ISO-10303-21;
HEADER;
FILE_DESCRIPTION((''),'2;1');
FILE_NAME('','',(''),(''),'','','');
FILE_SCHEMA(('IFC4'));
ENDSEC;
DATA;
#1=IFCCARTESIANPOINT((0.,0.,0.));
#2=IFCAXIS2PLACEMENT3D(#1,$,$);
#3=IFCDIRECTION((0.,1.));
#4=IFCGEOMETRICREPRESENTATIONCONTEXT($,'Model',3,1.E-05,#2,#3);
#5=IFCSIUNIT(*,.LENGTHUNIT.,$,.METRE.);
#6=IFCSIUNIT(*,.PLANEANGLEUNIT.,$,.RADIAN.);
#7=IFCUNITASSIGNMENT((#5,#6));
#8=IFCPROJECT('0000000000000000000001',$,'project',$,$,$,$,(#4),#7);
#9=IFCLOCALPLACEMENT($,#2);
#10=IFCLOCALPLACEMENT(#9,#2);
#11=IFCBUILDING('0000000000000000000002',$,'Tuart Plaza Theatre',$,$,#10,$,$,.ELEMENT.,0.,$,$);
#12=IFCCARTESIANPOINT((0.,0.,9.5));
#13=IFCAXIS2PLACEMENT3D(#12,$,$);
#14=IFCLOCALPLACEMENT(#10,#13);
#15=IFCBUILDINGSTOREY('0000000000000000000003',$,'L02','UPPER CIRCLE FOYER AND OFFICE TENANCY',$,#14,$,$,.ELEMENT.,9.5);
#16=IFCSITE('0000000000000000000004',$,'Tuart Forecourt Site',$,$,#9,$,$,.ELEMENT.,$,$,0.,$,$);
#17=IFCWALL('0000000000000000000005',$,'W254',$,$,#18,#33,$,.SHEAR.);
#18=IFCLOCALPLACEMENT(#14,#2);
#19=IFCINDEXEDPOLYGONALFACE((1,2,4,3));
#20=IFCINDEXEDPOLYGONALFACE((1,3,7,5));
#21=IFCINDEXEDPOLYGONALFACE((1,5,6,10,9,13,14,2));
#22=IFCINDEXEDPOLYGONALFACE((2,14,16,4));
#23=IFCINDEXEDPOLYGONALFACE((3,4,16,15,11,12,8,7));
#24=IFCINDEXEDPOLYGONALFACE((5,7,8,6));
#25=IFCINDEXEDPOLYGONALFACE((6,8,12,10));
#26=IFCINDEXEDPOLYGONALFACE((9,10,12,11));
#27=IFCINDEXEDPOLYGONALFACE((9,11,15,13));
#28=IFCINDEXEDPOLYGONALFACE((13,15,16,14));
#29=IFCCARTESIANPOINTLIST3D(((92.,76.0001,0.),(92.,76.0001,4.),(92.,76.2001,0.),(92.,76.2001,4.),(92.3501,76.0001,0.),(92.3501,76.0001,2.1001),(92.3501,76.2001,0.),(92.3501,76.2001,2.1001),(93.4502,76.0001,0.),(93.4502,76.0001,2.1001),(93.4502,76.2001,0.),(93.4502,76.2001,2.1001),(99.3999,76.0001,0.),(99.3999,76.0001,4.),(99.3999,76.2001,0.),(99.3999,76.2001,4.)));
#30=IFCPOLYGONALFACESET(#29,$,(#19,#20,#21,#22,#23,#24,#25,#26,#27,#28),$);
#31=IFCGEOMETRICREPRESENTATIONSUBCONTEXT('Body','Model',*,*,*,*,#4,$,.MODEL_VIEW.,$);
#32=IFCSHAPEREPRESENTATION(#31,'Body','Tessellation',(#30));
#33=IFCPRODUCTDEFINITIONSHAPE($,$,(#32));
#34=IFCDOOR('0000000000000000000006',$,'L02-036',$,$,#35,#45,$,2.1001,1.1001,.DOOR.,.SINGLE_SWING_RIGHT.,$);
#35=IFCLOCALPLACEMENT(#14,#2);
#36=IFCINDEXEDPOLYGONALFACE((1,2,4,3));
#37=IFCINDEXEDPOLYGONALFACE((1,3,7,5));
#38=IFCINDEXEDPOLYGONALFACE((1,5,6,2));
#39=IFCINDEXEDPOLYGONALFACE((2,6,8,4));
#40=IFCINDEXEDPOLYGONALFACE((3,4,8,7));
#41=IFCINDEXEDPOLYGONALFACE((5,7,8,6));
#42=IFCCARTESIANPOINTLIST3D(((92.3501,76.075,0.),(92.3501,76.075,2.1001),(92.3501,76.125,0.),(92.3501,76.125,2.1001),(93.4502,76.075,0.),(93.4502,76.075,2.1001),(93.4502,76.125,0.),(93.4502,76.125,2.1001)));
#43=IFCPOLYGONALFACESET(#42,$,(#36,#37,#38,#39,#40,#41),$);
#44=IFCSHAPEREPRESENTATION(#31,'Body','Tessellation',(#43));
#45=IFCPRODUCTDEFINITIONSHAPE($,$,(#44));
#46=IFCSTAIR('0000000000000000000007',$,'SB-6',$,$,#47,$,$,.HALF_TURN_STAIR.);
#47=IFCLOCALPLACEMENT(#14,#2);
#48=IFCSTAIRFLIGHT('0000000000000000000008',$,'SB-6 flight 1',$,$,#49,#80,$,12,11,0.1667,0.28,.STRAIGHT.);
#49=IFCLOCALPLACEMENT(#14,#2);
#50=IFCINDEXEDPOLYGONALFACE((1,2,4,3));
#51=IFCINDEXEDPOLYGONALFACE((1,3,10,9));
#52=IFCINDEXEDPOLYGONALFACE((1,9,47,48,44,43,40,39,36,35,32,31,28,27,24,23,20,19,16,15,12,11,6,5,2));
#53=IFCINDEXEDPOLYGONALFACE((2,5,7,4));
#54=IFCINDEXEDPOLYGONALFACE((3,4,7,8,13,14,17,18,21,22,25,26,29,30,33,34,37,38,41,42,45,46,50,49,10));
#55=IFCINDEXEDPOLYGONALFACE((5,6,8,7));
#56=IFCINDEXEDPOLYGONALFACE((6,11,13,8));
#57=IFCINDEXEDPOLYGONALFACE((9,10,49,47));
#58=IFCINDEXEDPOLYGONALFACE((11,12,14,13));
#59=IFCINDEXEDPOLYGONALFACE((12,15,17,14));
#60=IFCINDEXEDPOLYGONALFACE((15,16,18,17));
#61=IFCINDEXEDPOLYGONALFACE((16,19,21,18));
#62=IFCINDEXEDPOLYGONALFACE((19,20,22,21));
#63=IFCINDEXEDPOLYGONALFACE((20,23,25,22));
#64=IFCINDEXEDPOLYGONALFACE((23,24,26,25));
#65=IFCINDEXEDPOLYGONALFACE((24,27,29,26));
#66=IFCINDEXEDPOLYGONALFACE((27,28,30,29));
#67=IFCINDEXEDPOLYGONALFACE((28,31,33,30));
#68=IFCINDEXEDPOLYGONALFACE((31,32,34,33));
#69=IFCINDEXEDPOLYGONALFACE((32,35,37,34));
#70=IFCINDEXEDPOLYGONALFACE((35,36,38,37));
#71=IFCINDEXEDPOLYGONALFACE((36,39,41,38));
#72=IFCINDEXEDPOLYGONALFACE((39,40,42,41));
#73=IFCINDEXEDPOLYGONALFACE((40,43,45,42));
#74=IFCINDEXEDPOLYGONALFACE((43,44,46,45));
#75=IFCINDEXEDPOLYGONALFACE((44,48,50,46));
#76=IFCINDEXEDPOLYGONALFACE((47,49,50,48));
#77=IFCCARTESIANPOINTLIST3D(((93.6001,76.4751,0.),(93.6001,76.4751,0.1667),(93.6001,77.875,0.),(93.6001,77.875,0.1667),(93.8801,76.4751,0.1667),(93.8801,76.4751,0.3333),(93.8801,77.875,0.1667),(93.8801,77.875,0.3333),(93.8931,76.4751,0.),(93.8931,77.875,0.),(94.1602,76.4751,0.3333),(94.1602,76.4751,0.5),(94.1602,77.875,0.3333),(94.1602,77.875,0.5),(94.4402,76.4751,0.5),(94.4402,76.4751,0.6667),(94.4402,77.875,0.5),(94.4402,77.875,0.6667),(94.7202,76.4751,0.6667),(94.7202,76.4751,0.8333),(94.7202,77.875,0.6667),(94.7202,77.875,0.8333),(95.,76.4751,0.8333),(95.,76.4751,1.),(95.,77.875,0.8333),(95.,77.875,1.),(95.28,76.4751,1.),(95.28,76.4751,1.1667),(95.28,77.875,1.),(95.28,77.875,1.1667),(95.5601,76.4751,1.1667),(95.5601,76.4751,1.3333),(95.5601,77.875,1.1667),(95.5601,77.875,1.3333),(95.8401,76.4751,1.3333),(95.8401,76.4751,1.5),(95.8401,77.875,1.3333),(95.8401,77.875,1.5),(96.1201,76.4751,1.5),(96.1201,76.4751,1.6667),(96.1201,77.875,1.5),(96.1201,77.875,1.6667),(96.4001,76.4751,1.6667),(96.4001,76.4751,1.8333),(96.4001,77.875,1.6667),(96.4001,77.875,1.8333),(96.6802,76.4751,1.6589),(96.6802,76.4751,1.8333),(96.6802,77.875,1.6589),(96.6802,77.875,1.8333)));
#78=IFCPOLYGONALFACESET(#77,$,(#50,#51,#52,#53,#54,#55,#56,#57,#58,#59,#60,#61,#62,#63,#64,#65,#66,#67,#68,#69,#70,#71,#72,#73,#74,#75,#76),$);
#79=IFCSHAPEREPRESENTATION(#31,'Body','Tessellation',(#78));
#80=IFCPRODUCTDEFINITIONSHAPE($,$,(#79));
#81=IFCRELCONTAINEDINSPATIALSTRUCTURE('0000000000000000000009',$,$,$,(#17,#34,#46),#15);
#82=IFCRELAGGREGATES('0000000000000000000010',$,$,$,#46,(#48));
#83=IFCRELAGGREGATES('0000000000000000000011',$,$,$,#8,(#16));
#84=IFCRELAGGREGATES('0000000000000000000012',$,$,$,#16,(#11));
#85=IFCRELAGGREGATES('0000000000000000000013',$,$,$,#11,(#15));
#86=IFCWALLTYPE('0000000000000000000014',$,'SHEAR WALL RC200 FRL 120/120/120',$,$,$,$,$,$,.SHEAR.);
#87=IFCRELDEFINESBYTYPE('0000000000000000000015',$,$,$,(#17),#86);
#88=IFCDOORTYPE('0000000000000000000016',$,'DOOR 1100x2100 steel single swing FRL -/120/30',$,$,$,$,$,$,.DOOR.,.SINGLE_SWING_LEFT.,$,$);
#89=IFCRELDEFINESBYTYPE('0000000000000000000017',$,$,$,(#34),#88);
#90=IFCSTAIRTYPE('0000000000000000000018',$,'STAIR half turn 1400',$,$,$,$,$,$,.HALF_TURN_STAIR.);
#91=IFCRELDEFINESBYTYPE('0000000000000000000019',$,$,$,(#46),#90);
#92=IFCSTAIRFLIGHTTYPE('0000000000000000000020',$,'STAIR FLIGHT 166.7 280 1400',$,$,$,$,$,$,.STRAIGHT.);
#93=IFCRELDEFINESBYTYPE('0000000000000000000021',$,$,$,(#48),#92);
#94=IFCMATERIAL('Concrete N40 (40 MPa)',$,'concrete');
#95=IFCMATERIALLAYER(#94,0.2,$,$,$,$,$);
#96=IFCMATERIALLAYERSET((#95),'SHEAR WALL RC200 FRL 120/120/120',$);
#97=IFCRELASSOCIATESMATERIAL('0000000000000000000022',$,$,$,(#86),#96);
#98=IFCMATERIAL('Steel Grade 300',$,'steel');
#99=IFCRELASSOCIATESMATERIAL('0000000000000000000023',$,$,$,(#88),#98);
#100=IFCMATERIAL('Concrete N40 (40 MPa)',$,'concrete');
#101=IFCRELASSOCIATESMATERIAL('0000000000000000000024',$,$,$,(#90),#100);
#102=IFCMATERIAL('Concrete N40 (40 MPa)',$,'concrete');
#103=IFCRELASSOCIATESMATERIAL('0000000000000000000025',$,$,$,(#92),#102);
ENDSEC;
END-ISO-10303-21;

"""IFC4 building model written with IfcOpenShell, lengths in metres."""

from ifc_helpers import new_model, si_unit, direction, frame, frame_2d, origin, place, context, subcontext, project, spatial, polyline, rectangle, outline, extrude, material, layer, layer_set, type_object, element, fill, aggregate, save


model = new_model("IFC4")

# Units and contexts
model_context = context("Model", 3, precision=1e-05, world=origin(), true_north=direction((0.0, 1.0)))
body_context = subcontext(model_context, "Body", "Model", "MODEL_VIEW")
ifc_project = project(units=[si_unit("LENGTHUNIT", "METRE"), si_unit("PLANEANGLEUNIT", "RADIAN")], contexts=[model_context])

# Site, building, storey
site_placement = place(None, origin())
site = spatial("IfcSite", under=ifc_project, at=site_placement, Name="Tuart Forecourt Site", CompositionType="ELEMENT", RefElevation=0.0)
building_placement = place(site_placement, origin())
building = spatial("IfcBuilding", under=site, at=building_placement, Name="Tuart Plaza Theatre", CompositionType="ELEMENT", ElevationOfRefHeight=0.0)
storey_placement = place(building_placement, frame((0.0, 0.0, 9.5)))
storey = spatial("IfcBuildingStorey", under=building, at=storey_placement, Name="L02", Description="UPPER CIRCLE FOYER AND OFFICE TENANCY", CompositionType="ELEMENT", Elevation=9.5)

# Wall, opening, door
ifc_material_1 = material(Name="Concrete N40 (40 MPa)", Category="concrete")
ifc_layer_1 = layer(ifc_material_1, 0.2)
ifc_layer_set_1 = layer_set([ifc_layer_1], Name="SHEAR WALL RC200 FRL 120/120/120")
wall_type_1 = type_object("IfcWallType", Name="SHEAR WALL RC200 FRL 120/120/120", PredefinedType="SHEAR", material=ifc_layer_set_1)
wall_1_placement = place(storey_placement, frame((92.0, 76.1001, 0.0), z_axis=(0.0, 0.0, 1.0), x_axis=(1.0, 0.0, 0.0)))
wall_1 = element("IfcWall", 1, at=wall_1_placement, inside=storey, type_object=wall_type_1, Name="W254", PredefinedType="SHEAR", context=body_context, shape_type="SweptSolid", body=[
    extrude(rectangle(XDim=7.3999, YDim=0.2, at=frame_2d((3.7, 0.0))), origin(), (0.0, 0.0, 1.0), 4.0),
])
opening_1_placement = place(wall_1_placement, frame((0.3501, 0.0, 0.0)))
opening_1 = element("IfcOpeningElement", 2, at=opening_1_placement, cuts=wall_1, PredefinedType="OPENING", context=body_context, shape_type="SweptSolid", body=[
    extrude(rectangle(XDim=1.1001, YDim=2.1001, at=frame_2d((0.55, 1.05))), frame((0.0, 0.1099, 0.0), z_axis=(0.0, -1.0, 0.0), x_axis=(1.0, 0.0, 0.0)), (0.0, 0.0, 1.0), 0.22),
])
ifc_material_2 = material(Name="Steel Grade 300", Category="steel")
door_type_1 = type_object("IfcDoorType", Name="DOOR 1100x2100 steel single swing FRL -/120/30", OperationType="SINGLE_SWING_LEFT", PredefinedType="DOOR", material=ifc_material_2)
door_1_placement = place(opening_1_placement, origin())
door_1 = element("IfcDoor", 3, at=door_1_placement, inside=storey, type_object=door_type_1, Name="L02-036", OperationType="SINGLE_SWING_RIGHT", OverallHeight=2.1001, OverallWidth=1.1001, PredefinedType="DOOR", context=body_context, shape_type="SweptSolid", body=[
    extrude(rectangle(XDim=1.1001, YDim=2.1001, at=frame_2d((0.55, 1.05))), frame((0.0, 0.0249, 0.0), z_axis=(0.0, -1.0, 0.0), x_axis=(1.0, 0.0, 0.0)), (0.0, 0.0, 1.0), 0.05),
])
fill(opening_1, door_1)

# Stair, stair flight
ifc_material_3 = material(Name="Concrete N40 (40 MPa)", Category="concrete")
stair_type = type_object("IfcStairType", Name="STAIR half turn 1400", PredefinedType="HALF_TURN_STAIR", material=ifc_material_3)
stair_placement = place(storey_placement, origin())
stair = element("IfcStair", 4, at=stair_placement, inside=storey, type_object=stair_type, Name="SB-6", PredefinedType="HALF_TURN_STAIR")
ifc_material_4 = material(Name="Concrete N40 (40 MPa)", Category="concrete")
stair_flight_type = type_object("IfcStairFlightType", Name="STAIR FLIGHT 166.7 280 1400", PredefinedType="STRAIGHT", material=ifc_material_4)
stair_flight_placement = place(storey_placement, frame((93.6001, 77.175, 0.0), z_axis=(0.0, 0.0, 1.0), x_axis=(1.0, 0.0, 0.0)))
stair_flight = element("IfcStairFlight", 5, at=stair_flight_placement, type_object=stair_flight_type, Name="SB-6 flight 1", NumberOfRisers=12, NumberOfTreads=11, PredefinedType="STRAIGHT", RiserHeight=0.1667, TreadLength=0.28, context=body_context, shape_type="SweptSolid", body=[
    extrude(outline(polyline([(0.0, 0.0), (0.0, 0.1667), (0.28, 0.1667), (0.28, 0.3333), (0.5601, 0.3333), (0.5601, 0.5), (0.8401, 0.5), (0.8401, 0.6667), (1.1201, 0.6667), (1.1201, 0.8333), (1.3999, 0.8333), (1.3999, 1.0), (1.6799, 1.0), (1.6799, 1.1667), (1.96, 1.1667), (1.96, 1.3333), (2.24, 1.3333), (2.24, 1.5), (2.52, 1.5), (2.52, 1.6667), (2.8, 1.6667), (2.8, 1.8333), (3.0801, 1.8333), (3.0801, 2.0), (3.0801, 1.6589), (0.293, 0.0), (0.0, 0.0)])), frame((0.0, 0.7, 0.0), z_axis=(0.0, -1.0, 0.0), x_axis=(1.0, 0.0, 0.0)), (0.0, 0.0, 1.0), 1.3999),
])
aggregate(stair, [stair_flight])

save(model, "model.ifc")
